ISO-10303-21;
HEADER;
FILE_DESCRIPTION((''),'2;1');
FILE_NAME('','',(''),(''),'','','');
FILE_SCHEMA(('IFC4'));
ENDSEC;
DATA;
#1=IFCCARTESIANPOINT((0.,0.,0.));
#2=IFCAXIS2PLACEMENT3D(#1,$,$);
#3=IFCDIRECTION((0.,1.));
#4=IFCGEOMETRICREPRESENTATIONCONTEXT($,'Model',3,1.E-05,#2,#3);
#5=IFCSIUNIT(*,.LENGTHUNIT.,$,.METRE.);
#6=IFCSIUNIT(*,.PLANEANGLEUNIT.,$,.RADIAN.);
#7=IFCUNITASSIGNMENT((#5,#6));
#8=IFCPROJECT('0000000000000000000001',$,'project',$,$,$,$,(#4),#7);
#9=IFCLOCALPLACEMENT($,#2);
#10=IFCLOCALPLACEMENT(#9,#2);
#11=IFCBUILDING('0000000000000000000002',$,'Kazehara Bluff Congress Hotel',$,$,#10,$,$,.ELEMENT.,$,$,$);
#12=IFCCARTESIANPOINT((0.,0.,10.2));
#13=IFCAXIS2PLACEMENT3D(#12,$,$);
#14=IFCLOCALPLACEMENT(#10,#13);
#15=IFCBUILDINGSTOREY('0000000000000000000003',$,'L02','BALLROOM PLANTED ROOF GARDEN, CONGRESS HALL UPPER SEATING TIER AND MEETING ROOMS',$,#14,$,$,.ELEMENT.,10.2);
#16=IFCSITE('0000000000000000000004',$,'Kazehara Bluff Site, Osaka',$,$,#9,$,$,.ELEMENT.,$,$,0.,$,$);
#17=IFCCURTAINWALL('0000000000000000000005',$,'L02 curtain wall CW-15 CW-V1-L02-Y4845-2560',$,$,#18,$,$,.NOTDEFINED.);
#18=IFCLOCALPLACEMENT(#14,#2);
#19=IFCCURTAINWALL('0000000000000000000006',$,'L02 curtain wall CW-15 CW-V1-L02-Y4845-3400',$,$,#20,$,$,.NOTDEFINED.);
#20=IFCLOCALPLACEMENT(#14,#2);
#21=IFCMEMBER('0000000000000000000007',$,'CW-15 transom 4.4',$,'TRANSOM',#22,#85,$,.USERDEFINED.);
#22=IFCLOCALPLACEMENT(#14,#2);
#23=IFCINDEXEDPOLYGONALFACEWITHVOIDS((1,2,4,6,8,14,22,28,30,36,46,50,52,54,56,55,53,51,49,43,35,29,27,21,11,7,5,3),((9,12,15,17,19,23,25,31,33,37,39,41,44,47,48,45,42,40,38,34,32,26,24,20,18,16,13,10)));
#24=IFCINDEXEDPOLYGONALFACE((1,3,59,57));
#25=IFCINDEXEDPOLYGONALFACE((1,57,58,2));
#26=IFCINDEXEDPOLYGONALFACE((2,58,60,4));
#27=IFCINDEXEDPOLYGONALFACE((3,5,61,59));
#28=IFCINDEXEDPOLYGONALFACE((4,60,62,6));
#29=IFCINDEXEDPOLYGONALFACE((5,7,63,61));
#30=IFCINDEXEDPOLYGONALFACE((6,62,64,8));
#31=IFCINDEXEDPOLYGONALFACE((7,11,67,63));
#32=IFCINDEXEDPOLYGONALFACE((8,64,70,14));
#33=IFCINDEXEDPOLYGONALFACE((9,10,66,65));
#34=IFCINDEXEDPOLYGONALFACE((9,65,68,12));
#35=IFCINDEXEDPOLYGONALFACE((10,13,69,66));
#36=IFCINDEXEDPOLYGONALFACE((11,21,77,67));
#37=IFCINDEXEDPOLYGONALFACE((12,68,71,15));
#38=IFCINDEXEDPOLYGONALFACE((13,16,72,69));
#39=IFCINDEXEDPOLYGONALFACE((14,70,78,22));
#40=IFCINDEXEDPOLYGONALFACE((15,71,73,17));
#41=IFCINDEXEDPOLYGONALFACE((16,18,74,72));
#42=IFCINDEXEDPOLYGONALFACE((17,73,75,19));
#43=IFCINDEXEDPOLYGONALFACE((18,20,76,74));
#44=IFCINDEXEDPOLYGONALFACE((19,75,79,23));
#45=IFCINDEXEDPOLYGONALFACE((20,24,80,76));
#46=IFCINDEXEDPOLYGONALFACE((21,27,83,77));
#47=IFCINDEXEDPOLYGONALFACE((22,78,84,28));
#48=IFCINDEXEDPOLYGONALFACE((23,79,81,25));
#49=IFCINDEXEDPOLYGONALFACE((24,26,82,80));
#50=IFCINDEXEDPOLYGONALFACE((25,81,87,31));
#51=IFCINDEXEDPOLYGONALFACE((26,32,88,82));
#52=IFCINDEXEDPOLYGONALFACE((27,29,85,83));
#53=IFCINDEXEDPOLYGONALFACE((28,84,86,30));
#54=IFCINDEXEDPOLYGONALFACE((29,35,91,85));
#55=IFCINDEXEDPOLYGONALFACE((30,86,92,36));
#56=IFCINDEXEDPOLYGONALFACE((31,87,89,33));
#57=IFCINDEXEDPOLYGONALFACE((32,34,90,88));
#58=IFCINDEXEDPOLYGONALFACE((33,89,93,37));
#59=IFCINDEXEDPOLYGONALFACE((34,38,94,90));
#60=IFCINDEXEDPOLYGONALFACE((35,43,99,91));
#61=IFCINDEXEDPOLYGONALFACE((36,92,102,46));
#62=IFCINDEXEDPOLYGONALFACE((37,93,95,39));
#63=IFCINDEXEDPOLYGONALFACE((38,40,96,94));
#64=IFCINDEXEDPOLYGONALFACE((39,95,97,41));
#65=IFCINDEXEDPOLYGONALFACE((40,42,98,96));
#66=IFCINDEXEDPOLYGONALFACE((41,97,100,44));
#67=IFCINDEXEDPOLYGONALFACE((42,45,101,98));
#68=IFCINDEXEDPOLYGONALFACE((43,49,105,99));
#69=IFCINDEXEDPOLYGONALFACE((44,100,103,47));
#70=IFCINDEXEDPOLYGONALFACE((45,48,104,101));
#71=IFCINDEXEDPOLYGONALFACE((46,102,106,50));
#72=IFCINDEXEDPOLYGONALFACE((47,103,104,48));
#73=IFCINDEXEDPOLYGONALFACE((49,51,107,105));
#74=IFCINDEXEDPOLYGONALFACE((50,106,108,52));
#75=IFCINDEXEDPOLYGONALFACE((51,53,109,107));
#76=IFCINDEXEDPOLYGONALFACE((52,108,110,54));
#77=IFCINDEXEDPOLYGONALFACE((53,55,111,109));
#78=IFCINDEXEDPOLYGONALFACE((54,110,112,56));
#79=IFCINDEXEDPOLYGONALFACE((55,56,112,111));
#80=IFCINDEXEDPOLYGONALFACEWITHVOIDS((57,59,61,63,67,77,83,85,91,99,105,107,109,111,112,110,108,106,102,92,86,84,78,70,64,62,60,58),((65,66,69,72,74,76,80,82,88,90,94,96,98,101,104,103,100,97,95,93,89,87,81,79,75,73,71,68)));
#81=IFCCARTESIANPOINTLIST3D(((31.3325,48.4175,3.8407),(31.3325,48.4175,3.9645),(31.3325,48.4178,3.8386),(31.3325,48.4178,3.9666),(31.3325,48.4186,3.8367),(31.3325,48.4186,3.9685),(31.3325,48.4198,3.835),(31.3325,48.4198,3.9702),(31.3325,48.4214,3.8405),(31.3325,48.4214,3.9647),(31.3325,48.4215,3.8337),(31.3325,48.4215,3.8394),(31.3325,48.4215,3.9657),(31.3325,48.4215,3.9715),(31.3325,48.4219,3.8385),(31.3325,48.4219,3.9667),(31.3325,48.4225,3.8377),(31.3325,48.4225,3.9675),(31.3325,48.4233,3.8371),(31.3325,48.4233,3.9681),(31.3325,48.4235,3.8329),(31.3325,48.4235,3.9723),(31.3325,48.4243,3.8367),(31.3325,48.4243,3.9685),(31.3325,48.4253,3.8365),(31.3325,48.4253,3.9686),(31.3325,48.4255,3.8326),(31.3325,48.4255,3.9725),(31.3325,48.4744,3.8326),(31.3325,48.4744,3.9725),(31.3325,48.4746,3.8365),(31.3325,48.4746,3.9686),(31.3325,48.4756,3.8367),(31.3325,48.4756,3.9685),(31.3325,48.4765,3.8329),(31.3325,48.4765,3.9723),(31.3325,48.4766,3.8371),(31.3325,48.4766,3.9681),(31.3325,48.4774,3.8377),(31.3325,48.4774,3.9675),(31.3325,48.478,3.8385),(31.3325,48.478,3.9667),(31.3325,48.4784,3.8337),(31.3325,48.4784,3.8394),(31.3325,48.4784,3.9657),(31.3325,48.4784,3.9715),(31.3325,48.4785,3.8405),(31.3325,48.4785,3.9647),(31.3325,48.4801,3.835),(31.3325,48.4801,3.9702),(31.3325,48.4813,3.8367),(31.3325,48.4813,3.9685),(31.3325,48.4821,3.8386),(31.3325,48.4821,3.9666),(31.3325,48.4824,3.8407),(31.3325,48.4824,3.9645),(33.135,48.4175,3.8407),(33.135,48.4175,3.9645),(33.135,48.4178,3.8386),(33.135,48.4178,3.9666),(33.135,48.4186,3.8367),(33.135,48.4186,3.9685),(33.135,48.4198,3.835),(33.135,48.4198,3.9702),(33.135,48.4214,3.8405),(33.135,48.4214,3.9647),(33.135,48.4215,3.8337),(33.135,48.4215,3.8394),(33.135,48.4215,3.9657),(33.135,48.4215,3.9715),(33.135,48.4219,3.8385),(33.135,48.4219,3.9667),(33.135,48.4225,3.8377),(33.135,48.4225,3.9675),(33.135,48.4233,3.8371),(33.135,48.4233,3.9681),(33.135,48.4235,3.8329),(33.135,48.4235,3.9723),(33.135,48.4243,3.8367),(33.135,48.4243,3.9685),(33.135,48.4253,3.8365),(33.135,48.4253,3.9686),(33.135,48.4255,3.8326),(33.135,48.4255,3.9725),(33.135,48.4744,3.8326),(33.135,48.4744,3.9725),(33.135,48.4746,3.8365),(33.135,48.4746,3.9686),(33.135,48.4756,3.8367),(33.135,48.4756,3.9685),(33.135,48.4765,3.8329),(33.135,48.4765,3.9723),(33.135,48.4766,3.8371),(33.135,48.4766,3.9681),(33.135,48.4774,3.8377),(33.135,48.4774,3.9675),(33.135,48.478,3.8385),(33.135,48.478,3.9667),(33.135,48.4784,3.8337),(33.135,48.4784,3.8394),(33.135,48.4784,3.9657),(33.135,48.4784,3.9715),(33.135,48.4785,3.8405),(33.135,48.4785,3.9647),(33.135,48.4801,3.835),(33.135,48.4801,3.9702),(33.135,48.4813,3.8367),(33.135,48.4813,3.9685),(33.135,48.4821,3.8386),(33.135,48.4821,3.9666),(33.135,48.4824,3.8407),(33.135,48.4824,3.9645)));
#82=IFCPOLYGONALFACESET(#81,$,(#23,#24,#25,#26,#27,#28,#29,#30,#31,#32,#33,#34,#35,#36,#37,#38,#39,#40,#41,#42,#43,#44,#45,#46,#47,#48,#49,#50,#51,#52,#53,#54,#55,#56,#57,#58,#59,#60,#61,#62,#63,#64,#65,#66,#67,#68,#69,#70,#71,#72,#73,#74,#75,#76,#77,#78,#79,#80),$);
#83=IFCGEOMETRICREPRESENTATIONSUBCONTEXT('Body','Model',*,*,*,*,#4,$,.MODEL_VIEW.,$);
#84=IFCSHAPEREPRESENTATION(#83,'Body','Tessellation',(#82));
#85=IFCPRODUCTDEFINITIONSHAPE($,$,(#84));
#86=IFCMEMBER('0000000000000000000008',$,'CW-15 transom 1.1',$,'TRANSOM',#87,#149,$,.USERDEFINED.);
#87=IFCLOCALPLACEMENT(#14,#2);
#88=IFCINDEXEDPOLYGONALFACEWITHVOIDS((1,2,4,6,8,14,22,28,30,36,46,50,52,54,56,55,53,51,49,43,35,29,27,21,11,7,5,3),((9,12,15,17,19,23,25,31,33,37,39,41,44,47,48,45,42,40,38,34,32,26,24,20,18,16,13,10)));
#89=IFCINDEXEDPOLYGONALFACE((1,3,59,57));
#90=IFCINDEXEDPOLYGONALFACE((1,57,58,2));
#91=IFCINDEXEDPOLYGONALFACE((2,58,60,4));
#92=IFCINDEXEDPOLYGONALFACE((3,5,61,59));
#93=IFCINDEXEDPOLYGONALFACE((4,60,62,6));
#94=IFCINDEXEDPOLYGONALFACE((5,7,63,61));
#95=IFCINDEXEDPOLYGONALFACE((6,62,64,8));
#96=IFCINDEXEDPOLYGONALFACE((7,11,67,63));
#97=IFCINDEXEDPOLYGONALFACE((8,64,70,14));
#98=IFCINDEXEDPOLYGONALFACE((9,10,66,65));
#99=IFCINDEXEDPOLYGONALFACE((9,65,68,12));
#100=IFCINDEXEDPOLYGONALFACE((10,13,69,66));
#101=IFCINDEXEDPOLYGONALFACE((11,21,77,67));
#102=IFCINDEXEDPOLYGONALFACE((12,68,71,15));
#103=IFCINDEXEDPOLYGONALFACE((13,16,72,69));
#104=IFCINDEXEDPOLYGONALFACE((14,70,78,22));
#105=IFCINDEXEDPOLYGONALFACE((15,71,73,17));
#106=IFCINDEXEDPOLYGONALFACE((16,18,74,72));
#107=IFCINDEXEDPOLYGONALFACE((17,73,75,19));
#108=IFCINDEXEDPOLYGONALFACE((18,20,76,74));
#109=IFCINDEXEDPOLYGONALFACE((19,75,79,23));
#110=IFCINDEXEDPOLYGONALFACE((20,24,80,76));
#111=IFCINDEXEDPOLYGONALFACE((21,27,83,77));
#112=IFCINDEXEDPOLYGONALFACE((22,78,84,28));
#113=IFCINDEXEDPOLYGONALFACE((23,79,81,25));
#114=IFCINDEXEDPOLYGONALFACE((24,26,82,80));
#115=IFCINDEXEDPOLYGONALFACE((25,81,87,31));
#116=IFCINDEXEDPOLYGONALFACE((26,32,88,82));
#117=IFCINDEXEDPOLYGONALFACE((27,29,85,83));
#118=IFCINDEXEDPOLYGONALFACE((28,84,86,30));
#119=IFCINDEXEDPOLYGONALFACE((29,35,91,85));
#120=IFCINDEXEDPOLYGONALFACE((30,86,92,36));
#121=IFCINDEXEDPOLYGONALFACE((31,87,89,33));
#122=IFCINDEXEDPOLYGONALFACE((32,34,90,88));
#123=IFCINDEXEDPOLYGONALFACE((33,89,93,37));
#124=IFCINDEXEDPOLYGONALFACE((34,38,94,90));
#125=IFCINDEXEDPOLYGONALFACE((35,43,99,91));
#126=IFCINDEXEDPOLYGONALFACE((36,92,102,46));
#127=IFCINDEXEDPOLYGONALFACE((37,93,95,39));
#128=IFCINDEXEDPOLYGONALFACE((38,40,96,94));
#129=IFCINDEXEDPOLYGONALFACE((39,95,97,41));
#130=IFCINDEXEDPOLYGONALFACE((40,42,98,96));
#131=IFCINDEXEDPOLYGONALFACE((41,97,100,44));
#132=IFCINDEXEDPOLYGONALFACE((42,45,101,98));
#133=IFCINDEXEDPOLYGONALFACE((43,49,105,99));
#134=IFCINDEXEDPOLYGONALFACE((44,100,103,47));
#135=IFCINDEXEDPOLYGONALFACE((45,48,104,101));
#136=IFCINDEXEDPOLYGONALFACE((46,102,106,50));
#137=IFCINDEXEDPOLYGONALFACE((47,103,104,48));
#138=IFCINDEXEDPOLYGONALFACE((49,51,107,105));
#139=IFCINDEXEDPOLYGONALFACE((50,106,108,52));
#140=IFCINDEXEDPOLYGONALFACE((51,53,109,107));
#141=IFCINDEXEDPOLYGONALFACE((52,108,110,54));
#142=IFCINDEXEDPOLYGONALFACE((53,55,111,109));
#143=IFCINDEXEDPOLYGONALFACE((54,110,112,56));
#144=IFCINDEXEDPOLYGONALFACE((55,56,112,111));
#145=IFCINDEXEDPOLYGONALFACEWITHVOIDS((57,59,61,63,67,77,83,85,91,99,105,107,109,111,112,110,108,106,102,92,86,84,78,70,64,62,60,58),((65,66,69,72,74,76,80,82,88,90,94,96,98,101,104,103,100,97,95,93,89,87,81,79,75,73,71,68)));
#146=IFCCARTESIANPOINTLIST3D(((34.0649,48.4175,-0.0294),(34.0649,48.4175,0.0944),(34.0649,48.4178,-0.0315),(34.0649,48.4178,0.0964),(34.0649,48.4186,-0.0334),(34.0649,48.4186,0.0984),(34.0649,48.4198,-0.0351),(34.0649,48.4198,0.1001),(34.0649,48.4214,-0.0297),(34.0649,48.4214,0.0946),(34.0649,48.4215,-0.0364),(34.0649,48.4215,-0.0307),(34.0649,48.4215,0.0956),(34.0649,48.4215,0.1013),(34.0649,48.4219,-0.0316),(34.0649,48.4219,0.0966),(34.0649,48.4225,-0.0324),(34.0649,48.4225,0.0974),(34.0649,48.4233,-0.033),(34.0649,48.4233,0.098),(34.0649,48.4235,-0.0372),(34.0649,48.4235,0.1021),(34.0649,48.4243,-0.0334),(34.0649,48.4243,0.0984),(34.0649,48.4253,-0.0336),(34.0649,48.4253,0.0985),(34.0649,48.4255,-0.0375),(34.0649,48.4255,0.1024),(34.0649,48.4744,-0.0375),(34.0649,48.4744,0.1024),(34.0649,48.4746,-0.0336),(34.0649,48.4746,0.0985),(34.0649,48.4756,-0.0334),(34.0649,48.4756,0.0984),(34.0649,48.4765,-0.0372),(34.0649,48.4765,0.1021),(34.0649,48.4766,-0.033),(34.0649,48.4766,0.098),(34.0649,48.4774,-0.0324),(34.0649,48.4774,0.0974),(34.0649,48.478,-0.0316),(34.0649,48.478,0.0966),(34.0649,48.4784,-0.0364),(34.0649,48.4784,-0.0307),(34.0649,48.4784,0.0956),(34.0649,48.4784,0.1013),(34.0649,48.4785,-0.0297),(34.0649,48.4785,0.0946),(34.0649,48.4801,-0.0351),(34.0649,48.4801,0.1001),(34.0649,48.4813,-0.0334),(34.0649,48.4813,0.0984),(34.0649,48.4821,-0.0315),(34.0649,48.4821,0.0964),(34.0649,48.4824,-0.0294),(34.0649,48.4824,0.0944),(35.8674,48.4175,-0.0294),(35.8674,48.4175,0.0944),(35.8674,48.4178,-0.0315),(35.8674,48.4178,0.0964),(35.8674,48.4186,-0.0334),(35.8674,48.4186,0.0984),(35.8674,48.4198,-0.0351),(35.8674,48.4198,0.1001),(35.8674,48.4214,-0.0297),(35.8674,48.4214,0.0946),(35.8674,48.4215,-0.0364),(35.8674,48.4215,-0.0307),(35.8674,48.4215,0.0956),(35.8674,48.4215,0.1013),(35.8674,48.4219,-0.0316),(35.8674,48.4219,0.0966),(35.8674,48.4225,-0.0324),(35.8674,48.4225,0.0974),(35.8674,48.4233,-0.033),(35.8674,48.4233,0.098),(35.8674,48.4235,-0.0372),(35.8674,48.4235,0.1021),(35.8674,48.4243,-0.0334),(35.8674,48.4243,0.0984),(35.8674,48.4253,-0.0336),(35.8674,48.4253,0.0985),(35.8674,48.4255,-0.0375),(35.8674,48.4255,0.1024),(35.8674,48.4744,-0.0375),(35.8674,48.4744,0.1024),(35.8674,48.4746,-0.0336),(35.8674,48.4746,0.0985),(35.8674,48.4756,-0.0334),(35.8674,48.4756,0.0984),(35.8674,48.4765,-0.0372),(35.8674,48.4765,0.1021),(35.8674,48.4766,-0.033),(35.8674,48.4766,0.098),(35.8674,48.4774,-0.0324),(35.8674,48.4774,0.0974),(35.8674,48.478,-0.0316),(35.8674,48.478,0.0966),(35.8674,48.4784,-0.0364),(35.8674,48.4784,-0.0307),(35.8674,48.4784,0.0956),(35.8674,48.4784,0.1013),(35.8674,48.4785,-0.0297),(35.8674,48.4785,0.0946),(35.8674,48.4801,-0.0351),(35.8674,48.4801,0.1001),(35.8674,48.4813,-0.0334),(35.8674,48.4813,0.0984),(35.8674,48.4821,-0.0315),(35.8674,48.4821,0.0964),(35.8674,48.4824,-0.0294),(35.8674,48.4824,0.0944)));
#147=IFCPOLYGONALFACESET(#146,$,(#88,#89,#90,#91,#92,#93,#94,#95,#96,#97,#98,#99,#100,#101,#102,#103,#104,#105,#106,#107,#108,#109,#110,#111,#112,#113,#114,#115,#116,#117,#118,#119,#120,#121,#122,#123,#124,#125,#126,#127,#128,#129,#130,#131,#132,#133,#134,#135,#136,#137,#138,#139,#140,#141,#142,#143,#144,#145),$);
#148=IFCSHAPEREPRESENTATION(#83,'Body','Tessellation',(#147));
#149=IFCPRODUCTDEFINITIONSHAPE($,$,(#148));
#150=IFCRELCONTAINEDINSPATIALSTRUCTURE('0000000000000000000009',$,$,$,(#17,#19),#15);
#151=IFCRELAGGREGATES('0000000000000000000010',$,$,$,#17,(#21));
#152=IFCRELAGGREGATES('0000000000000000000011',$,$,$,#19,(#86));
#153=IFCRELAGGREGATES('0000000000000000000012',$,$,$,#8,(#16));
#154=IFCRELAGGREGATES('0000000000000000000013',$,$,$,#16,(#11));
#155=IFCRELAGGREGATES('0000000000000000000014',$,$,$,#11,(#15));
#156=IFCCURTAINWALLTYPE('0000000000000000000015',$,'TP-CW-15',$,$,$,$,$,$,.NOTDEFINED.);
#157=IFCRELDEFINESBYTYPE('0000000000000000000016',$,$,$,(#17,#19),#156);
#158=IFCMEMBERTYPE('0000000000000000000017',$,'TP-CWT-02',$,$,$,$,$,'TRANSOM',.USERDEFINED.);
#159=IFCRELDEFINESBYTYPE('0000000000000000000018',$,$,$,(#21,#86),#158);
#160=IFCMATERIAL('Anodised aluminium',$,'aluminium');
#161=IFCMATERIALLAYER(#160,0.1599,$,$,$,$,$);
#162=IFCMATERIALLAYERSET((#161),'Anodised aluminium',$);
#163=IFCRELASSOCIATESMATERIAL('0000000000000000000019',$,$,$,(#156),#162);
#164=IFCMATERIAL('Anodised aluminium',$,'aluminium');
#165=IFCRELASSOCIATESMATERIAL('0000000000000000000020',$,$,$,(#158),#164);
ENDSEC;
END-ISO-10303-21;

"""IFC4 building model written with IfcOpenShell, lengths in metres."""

from ifc_helpers import new_model, si_unit, direction, frame, origin, origin_2d, place, context, subcontext, project, spatial, hollow_rectangle, extrude, material, layer, layer_set, material_profile, profile_set, type_object, element, aggregate, save


model = new_model("IFC4")

# Units and contexts
model_context = context("Model", 3, precision=1e-05, world=origin(), true_north=direction((0.0, 1.0)))
body_context = subcontext(model_context, "Body", "Model", "MODEL_VIEW")
ifc_project = project(units=[si_unit("LENGTHUNIT", "METRE"), si_unit("PLANEANGLEUNIT", "RADIAN")], contexts=[model_context])

# Site, building, storey
site_placement = place(None, origin())
site = spatial("IfcSite", under=ifc_project, at=site_placement, Name="Kazehara Bluff Site, Osaka", CompositionType="ELEMENT", RefElevation=0.0)
building_placement = place(site_placement, origin())
building = spatial("IfcBuilding", under=site, at=building_placement, Name="Kazehara Bluff Congress Hotel", CompositionType="ELEMENT")
storey_placement = place(building_placement, frame((0.0, 0.0, 10.2)))
storey = spatial("IfcBuildingStorey", under=building, at=storey_placement, Name="L02", Description="BALLROOM PLANTED ROOF GARDEN, CONGRESS HALL UPPER SEATING TIER AND MEETING ROOMS", CompositionType="ELEMENT", Elevation=10.2)

# Curtain walls
ifc_material_1 = material(Name="Anodised aluminium", Category="aluminium")
ifc_layer_1 = layer(ifc_material_1, 0.1599)
ifc_layer_set_1 = layer_set([ifc_layer_1], Name="Anodised aluminium")
curtain_wall_type = type_object("IfcCurtainWallType", Name="TP-CW-15", PredefinedType="NOTDEFINED", material=ifc_layer_set_1)
curtain_wall_1_placement = place(storey_placement, origin())
curtain_wall_1 = element("IfcCurtainWall", 1, at=curtain_wall_1_placement, inside=storey, type_object=curtain_wall_type, Name="L02 curtain wall CW-15 CW-V1-L02-Y4845-2560", PredefinedType="NOTDEFINED")
curtain_wall_2_placement = place(storey_placement, origin())
curtain_wall_2 = element("IfcCurtainWall", 2, at=curtain_wall_2_placement, inside=storey, type_object=curtain_wall_type, Name="L02 curtain wall CW-15 CW-V1-L02-Y4845-3400", PredefinedType="NOTDEFINED")

# Members
ifc_material_2 = material(Name="Anodised aluminium", Category="aluminium")
ifc_material_profile_1 = material_profile(ifc_material_2, hollow_rectangle(XDim=0.0649, YDim=0.1399, WallThickness=0.0039, InnerFilletRadius=0.0039, OuterFilletRadius=0.0081, at=origin_2d()))
ifc_profile_set_1 = profile_set([ifc_material_profile_1], Name="Anodised aluminium")
member_type_1 = type_object("IfcMemberType", Name="TP-CWT-02", ElementType="TRANSOM", PredefinedType="USERDEFINED", material=ifc_profile_set_1)
member_1_placement = place(storey_placement, frame((31.3325, 48.45, 3.9026), z_axis=(1.0, 0.0, 0.0), x_axis=(0.0, 1.0, 0.0)))
member_1 = element("IfcMember", 3, at=member_1_placement, type_object=member_type_1, Name="CW-15 transom 4.4", ObjectType="TRANSOM", PredefinedType="USERDEFINED", context=body_context, shape_type="SweptSolid", body=[
    extrude(hollow_rectangle(XDim=0.0649, YDim=0.1399, WallThickness=0.0039, InnerFilletRadius=0.0039, OuterFilletRadius=0.0081, at=origin_2d()), origin(), (0.0, 0.0, 1.0), 1.8025),
])
member_2_placement = place(storey_placement, frame((34.0649, 48.45, 0.0325), z_axis=(1.0, 0.0, 0.0), x_axis=(0.0, 1.0, 0.0)))
member_2 = element("IfcMember", 4, at=member_2_placement, type_object=member_type_1, Name="CW-15 transom 1.1", ObjectType="TRANSOM", PredefinedType="USERDEFINED", context=body_context, shape_type="SweptSolid", body=[
    extrude(hollow_rectangle(XDim=0.0649, YDim=0.1399, WallThickness=0.0039, InnerFilletRadius=0.0039, OuterFilletRadius=0.0081, at=origin_2d()), origin(), (0.0, 0.0, 1.0), 1.8025),
])

aggregate(curtain_wall_1, [member_1])
aggregate(curtain_wall_2, [member_2])

save(model, "model.ifc")
